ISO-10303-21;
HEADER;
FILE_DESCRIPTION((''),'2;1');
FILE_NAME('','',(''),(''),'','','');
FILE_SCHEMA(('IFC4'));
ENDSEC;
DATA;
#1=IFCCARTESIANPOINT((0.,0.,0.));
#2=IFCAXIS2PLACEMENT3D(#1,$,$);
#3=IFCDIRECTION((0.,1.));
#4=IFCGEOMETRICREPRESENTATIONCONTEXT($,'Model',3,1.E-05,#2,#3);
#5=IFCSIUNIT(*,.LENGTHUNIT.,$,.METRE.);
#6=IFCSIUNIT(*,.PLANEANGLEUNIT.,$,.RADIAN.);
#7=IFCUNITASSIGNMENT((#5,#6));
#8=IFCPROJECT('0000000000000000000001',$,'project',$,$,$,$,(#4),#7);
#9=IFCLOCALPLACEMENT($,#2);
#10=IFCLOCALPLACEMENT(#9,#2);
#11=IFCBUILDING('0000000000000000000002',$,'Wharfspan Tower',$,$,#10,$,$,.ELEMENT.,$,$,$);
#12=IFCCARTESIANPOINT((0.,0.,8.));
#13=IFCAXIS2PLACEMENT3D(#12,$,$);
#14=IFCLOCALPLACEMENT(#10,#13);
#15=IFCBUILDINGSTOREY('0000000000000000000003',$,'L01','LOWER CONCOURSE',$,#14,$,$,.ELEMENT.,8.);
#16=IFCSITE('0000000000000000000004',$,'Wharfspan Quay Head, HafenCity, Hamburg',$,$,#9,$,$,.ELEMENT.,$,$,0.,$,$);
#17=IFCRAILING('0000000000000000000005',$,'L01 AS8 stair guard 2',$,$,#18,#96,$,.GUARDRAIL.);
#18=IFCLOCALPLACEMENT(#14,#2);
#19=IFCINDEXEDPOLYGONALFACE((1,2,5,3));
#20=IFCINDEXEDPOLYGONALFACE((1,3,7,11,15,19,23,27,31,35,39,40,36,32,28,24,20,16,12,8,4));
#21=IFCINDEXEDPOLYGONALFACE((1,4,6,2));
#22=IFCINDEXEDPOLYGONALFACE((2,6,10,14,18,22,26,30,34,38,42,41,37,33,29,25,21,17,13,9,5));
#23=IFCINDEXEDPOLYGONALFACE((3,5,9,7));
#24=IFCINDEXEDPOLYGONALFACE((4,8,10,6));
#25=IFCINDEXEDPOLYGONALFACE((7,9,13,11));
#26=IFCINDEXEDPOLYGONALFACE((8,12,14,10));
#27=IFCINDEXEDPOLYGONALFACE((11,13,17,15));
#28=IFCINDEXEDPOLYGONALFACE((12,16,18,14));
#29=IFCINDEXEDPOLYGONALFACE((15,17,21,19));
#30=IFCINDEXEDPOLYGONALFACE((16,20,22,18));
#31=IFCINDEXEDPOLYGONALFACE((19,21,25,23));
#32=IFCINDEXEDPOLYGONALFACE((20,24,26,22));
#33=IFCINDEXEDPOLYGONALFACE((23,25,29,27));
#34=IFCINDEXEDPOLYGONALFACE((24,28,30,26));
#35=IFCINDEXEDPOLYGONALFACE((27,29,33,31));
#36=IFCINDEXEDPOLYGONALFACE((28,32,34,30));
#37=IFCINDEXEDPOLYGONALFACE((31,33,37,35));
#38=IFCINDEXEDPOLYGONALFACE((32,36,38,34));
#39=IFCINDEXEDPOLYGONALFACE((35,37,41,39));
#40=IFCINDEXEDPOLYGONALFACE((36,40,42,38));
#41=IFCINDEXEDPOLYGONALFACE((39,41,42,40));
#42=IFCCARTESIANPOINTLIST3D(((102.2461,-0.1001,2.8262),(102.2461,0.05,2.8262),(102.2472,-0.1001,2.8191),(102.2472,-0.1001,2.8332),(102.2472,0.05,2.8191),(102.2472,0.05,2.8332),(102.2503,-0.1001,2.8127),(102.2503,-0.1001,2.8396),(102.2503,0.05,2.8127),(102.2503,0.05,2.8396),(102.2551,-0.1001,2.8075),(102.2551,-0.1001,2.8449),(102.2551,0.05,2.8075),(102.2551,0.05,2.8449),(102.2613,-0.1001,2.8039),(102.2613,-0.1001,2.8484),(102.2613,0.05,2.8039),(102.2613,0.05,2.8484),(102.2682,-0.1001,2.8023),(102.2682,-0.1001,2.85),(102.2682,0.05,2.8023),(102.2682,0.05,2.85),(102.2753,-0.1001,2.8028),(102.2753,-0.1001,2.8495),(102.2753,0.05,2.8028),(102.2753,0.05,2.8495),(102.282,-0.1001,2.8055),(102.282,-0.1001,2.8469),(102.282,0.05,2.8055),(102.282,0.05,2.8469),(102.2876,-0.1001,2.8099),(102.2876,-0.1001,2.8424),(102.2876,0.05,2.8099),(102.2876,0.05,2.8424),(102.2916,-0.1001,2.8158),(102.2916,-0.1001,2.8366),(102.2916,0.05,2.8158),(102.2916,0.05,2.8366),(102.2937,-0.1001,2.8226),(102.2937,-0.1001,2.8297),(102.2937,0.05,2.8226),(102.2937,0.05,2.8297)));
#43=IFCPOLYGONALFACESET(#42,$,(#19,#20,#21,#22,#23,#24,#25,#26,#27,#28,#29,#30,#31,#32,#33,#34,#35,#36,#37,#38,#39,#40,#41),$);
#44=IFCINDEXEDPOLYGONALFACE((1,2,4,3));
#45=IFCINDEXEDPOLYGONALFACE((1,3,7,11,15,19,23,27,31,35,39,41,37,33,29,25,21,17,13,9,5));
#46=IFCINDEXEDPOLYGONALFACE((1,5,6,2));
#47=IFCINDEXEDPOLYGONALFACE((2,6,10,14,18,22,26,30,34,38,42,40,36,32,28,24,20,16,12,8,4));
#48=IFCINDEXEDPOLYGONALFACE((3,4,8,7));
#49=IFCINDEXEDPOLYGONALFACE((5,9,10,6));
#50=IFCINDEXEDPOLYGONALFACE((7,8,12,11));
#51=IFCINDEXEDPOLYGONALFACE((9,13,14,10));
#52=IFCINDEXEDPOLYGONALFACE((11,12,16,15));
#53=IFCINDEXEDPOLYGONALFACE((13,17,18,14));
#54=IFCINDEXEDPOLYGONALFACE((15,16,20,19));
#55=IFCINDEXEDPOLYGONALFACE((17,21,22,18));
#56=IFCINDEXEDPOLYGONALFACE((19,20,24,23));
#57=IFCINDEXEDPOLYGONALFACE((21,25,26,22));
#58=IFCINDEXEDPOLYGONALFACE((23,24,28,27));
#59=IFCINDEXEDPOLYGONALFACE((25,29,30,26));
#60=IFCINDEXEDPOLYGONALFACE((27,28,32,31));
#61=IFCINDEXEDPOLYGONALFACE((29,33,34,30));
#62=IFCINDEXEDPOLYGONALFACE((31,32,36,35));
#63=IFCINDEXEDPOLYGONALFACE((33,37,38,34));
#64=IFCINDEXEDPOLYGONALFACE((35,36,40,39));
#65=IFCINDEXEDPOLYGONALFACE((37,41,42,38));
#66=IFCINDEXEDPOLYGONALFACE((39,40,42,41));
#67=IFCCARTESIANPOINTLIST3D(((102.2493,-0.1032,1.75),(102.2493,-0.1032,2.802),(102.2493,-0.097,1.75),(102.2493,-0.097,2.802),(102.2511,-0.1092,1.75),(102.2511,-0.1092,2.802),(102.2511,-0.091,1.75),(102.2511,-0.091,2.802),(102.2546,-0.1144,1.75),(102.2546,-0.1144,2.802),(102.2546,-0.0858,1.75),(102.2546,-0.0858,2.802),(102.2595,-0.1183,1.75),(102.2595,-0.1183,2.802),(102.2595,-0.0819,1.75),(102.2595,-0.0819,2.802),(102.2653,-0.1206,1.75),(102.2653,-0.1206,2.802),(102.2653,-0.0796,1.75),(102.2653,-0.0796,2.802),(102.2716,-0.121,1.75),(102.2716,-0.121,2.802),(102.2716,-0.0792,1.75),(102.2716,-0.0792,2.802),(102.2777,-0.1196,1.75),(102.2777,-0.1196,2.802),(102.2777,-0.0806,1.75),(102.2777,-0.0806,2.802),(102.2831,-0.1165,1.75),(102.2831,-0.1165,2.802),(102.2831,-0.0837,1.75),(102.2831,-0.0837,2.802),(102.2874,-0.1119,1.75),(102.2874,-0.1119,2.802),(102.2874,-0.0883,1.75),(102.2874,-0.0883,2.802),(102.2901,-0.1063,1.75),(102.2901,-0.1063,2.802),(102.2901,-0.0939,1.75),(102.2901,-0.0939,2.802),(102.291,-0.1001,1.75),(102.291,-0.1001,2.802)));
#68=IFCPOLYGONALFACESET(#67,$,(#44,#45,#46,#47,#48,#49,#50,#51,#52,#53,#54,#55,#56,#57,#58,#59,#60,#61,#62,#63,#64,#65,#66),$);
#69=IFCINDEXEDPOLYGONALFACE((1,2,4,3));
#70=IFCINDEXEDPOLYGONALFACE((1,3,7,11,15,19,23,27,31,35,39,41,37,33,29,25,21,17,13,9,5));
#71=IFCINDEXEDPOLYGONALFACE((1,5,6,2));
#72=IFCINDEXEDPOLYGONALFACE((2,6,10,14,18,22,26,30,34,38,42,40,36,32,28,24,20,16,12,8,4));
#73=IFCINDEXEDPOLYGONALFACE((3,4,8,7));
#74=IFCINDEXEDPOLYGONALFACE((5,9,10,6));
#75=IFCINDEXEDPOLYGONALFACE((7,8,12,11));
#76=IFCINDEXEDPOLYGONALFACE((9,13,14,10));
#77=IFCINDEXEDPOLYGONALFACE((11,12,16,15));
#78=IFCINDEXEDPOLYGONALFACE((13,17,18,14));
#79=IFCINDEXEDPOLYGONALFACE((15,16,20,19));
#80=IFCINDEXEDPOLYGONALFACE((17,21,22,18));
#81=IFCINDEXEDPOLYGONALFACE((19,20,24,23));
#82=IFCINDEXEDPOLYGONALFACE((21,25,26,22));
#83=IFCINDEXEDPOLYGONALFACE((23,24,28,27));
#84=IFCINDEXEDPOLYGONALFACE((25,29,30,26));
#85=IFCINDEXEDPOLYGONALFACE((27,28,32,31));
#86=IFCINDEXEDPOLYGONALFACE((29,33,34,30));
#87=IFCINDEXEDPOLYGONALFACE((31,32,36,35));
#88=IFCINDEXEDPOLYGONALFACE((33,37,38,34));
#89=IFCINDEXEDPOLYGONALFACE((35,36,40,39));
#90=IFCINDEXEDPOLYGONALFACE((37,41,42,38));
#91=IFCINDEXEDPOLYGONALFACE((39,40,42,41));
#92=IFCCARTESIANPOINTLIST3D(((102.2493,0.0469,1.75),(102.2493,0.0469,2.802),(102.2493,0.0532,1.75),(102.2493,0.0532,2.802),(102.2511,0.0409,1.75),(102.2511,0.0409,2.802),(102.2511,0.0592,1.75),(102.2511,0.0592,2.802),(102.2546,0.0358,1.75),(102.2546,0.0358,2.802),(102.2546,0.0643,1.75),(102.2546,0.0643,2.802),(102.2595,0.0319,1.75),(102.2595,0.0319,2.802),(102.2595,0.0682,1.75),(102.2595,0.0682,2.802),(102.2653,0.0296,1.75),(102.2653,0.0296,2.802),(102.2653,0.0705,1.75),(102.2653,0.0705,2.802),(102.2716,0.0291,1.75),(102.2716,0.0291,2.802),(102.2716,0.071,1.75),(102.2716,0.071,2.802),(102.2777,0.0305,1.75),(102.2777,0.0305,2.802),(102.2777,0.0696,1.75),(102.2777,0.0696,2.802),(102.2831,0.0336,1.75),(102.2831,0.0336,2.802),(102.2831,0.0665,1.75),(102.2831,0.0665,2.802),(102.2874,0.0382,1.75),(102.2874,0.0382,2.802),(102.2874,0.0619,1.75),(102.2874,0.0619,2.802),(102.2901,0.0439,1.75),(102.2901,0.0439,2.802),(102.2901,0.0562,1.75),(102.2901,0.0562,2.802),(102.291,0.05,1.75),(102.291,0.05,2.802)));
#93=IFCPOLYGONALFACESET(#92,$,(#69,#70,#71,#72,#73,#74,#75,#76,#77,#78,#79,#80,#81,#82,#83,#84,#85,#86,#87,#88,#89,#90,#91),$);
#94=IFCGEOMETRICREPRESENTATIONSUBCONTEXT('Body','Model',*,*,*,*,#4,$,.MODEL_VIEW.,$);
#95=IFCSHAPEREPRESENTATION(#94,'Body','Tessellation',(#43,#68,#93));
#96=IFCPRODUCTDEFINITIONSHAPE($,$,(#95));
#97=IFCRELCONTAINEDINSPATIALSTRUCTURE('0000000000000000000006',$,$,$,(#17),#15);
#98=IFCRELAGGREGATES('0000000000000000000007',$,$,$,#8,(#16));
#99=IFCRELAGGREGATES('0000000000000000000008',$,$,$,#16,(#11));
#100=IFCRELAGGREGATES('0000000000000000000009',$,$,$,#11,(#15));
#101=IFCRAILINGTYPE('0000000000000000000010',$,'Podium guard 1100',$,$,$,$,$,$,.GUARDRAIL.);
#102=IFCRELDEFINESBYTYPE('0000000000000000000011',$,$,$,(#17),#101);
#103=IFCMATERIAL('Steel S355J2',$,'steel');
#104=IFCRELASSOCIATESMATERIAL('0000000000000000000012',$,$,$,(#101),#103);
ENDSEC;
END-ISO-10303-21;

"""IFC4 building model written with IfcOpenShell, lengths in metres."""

from ifc_helpers import new_model, si_unit, direction, frame, origin, origin_2d, place, context, subcontext, project, spatial, circle, extrude, material, type_object, element, save


model = new_model("IFC4")

# Units and contexts
model_context = context("Model", 3, precision=1e-05, world=origin(), true_north=direction((0.0, 1.0)))
body_context = subcontext(model_context, "Body", "Model", "MODEL_VIEW")
ifc_project = project(units=[si_unit("LENGTHUNIT", "METRE"), si_unit("PLANEANGLEUNIT", "RADIAN")], contexts=[model_context])

# Site, building, storey
site_placement = place(None, origin())
site = spatial("IfcSite", under=ifc_project, at=site_placement, Name="Wharfspan Quay Head, HafenCity, Hamburg", CompositionType="ELEMENT", RefElevation=0.0)
building_placement = place(site_placement, origin())
building = spatial("IfcBuilding", under=site, at=building_placement, Name="Wharfspan Tower", CompositionType="ELEMENT")
storey_placement = place(building_placement, frame((0.0, 0.0, 8.0)))
storey = spatial("IfcBuildingStorey", under=building, at=storey_placement, Name="L01", Description="LOWER CONCOURSE", CompositionType="ELEMENT", Elevation=8.0)

# Railing
ifc_material_1 = material(Name="Steel S355J2", Category="steel")
railing_type_1 = type_object("IfcRailingType", Name="Podium guard 1100", PredefinedType="GUARDRAIL", material=ifc_material_1)
railing_1_placement = place(storey_placement, frame((102.27, -0.1001, 1.75)))
element("IfcRailing", 1, at=railing_1_placement, inside=storey, type_object=railing_type_1, Name="L01 AS8 stair guard 2", PredefinedType="GUARDRAIL", context=body_context, shape_type="SweptSolid", body=[
    extrude(circle(Radius=0.0239, at=origin_2d()), frame((0.0, 0.0, 1.0762), z_axis=(0.0, 1.0, 0.0), x_axis=(-1.0, 0.0, 0.0)), (0.0, 0.0, 1.0), 0.1501),
    extrude(circle(Radius=0.021, at=origin_2d()), origin(), (0.0, 0.0, 1.0), 1.052),
    extrude(circle(Radius=0.021, at=origin_2d()), frame((0.0, 0.1501, 0.0)), (0.0, 0.0, 1.0), 1.052),
])

save(model, "model.ifc")
